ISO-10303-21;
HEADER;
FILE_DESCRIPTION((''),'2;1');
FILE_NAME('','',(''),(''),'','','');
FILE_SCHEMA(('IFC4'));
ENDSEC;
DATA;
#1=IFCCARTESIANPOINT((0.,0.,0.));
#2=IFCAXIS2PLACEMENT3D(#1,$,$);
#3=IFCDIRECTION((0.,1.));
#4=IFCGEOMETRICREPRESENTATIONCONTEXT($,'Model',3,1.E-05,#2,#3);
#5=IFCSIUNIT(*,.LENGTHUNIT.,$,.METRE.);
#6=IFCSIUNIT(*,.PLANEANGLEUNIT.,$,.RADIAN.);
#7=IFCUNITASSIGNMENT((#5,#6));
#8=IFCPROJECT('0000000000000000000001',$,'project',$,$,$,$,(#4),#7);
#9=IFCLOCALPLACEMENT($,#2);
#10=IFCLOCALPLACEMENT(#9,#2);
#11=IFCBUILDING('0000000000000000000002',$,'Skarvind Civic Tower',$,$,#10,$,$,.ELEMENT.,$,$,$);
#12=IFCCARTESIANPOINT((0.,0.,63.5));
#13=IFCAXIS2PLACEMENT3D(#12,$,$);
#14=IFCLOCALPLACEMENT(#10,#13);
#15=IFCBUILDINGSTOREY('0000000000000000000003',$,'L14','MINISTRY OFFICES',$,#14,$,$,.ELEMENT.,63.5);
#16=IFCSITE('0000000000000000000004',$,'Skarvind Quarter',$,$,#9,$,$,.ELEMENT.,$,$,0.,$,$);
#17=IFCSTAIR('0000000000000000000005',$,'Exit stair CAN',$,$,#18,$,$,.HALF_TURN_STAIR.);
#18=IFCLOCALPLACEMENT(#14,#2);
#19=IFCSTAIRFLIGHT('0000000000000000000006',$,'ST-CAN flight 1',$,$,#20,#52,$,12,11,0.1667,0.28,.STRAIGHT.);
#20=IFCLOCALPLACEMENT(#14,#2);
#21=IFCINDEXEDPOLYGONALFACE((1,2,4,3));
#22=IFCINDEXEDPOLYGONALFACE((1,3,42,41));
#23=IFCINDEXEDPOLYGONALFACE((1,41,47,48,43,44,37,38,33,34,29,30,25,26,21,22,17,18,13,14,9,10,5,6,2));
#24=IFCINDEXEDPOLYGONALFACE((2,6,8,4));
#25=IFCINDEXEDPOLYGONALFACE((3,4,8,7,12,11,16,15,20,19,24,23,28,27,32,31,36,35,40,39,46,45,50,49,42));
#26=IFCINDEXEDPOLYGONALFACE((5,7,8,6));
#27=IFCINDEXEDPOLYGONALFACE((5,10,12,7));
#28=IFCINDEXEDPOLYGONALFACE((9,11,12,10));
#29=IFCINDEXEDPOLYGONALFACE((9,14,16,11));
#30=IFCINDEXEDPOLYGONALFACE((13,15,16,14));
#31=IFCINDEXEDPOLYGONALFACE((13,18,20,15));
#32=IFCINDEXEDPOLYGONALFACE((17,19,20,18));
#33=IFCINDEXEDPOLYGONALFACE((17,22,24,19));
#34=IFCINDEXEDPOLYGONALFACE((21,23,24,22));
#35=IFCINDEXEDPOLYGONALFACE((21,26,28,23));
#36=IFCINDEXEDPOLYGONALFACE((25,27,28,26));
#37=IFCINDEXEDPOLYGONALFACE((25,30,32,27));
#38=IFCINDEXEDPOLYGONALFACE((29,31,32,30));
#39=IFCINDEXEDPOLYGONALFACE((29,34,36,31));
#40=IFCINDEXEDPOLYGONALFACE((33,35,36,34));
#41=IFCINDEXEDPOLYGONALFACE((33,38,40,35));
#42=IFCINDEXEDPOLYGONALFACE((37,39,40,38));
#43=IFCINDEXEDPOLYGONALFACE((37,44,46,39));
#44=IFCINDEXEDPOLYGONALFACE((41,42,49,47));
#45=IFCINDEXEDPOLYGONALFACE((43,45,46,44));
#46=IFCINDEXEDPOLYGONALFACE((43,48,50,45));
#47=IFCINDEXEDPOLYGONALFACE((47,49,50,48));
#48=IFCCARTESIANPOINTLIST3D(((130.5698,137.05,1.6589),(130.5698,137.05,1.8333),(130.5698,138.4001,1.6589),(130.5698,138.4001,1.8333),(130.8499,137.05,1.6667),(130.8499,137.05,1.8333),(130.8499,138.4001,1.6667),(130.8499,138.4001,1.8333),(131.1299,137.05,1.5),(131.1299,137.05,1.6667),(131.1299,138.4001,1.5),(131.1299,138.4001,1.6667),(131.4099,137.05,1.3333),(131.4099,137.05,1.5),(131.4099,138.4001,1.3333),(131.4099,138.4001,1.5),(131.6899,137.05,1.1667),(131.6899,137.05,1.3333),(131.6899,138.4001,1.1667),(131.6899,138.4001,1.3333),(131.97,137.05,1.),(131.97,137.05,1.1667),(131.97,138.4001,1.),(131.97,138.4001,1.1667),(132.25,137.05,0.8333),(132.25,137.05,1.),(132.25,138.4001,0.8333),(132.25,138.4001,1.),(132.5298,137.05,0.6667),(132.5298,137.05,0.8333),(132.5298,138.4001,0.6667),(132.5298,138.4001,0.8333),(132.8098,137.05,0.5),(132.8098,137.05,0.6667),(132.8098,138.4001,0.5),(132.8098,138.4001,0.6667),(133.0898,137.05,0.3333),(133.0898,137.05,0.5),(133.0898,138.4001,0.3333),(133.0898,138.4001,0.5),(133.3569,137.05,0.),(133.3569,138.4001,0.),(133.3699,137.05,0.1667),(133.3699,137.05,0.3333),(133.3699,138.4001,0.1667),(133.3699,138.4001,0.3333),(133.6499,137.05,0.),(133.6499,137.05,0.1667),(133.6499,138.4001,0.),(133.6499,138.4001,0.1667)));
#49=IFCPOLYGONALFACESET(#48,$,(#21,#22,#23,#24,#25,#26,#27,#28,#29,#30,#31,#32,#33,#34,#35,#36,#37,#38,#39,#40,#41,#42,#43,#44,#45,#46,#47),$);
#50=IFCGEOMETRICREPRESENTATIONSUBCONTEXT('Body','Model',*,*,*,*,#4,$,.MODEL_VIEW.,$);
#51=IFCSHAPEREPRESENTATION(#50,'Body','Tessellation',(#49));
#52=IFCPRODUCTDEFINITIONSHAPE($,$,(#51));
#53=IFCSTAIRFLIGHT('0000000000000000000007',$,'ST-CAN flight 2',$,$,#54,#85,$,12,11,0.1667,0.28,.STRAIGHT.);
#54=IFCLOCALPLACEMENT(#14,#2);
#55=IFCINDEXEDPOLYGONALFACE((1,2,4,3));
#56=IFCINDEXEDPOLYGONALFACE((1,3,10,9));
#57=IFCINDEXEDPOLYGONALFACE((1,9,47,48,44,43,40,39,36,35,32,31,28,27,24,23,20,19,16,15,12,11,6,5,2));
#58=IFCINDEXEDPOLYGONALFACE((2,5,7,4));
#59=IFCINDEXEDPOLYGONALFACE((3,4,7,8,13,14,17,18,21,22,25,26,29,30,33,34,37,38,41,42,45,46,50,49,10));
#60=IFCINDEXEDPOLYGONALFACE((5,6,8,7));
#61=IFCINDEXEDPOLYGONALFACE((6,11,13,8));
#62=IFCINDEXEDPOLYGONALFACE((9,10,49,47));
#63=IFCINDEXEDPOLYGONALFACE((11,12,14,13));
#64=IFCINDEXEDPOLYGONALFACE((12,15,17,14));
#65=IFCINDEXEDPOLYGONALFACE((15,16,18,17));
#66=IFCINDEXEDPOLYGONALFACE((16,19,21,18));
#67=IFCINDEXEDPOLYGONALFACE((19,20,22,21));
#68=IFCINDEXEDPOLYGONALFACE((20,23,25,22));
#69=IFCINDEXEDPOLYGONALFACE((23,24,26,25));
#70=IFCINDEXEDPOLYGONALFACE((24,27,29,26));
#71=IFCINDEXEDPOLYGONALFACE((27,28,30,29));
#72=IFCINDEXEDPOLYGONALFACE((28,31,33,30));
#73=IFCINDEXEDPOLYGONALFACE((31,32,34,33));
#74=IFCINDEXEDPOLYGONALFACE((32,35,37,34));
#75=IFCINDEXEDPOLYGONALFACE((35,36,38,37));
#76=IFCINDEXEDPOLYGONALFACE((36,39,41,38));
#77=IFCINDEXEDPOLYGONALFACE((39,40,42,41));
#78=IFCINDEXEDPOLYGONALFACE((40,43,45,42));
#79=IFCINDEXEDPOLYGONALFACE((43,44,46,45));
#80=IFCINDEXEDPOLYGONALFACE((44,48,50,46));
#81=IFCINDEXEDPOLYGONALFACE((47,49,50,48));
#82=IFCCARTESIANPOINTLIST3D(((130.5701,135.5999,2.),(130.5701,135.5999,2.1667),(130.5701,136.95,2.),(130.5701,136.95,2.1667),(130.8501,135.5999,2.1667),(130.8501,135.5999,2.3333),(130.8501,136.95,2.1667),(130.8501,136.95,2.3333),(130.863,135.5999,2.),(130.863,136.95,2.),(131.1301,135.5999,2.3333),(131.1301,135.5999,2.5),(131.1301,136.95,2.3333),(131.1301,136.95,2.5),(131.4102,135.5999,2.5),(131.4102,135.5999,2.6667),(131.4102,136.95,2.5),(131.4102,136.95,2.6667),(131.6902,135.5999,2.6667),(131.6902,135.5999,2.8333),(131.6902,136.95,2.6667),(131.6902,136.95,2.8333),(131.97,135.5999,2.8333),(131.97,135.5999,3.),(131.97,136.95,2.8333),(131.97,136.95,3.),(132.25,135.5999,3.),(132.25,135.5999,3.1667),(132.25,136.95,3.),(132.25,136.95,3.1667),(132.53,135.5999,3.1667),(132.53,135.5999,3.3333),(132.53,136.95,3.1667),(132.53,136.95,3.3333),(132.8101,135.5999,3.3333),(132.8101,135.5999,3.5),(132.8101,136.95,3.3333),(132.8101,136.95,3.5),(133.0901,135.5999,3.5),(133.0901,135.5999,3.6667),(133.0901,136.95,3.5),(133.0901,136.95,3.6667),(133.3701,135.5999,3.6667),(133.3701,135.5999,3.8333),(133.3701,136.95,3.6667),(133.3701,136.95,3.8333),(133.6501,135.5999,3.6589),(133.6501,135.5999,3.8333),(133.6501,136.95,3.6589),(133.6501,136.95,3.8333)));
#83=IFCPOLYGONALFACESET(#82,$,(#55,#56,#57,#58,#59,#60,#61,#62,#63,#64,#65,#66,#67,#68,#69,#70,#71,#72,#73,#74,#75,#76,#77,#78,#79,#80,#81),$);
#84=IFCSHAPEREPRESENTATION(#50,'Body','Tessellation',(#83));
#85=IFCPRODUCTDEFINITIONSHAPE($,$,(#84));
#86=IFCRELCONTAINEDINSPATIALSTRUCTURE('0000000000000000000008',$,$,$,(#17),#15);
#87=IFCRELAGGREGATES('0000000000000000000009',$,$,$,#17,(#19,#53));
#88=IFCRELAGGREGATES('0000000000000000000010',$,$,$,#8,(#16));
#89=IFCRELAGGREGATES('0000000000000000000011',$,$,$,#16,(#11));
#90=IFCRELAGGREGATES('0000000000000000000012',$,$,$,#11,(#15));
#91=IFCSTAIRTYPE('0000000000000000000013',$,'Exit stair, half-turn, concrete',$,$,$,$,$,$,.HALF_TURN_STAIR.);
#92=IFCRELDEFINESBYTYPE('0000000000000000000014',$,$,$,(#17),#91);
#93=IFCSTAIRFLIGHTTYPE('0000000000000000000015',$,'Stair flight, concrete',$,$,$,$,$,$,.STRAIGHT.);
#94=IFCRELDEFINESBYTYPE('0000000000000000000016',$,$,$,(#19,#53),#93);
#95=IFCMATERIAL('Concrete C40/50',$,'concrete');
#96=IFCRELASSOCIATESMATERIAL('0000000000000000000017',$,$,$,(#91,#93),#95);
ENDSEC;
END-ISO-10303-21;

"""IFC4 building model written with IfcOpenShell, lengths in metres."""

from ifc_helpers import new_model, si_unit, direction, frame, origin, place, context, subcontext, project, spatial, polyline, outline, extrude, material, type_object, element, aggregate, save


model = new_model("IFC4")

# Units and contexts
model_context = context("Model", 3, precision=1e-05, world=origin(), true_north=direction((0.0, 1.0)))
body_context = subcontext(model_context, "Body", "Model", "MODEL_VIEW")
ifc_project = project(units=[si_unit("LENGTHUNIT", "METRE"), si_unit("PLANEANGLEUNIT", "RADIAN")], contexts=[model_context])

# Site, building, storey
site_placement = place(None, origin())
site = spatial("IfcSite", under=ifc_project, at=site_placement, Name="Skarvind Quarter", CompositionType="ELEMENT", RefElevation=0.0)
building_placement = place(site_placement, origin())
building = spatial("IfcBuilding", under=site, at=building_placement, Name="Skarvind Civic Tower", CompositionType="ELEMENT")
storey_placement = place(building_placement, frame((0.0, 0.0, 63.5)))
storey = spatial("IfcBuildingStorey", under=building, at=storey_placement, Name="L14", Description="MINISTRY OFFICES", CompositionType="ELEMENT", Elevation=63.5)

# Stair, stair flights
ifc_material_1 = material(Name="Concrete C40/50", Category="concrete")
stair_type = type_object("IfcStairType", Name="Exit stair, half-turn, concrete", PredefinedType="HALF_TURN_STAIR", material=ifc_material_1)
stair_placement = place(storey_placement, origin())
stair = element("IfcStair", 1, at=stair_placement, inside=storey, type_object=stair_type, Name="Exit stair CAN", PredefinedType="HALF_TURN_STAIR")
stair_flight_type = type_object("IfcStairFlightType", Name="Stair flight, concrete", PredefinedType="STRAIGHT", material=ifc_material_1)
stair_flight_1_placement = place(storey_placement, frame((133.6499, 137.7251, 0.0), z_axis=(0.0, 0.0, 1.0), x_axis=(-1.0, 0.0, 0.0)))
stair_flight_1 = element("IfcStairFlight", 2, at=stair_flight_1_placement, type_object=stair_flight_type, Name="ST-CAN flight 1", NumberOfRisers=12, NumberOfTreads=11, PredefinedType="STRAIGHT", RiserHeight=0.1667, TreadLength=0.28, context=body_context, shape_type="SweptSolid", body=[
    extrude(outline(polyline([(0.0, 0.0), (0.0, 0.1667), (0.28, 0.1667), (0.28, 0.3333), (0.5601, 0.3333), (0.5601, 0.5), (0.8401, 0.5), (0.8401, 0.6667), (1.1201, 0.6667), (1.1201, 0.8333), (1.3999, 0.8333), (1.3999, 1.0), (1.6799, 1.0), (1.6799, 1.1667), (1.96, 1.1667), (1.96, 1.3333), (2.24, 1.3333), (2.24, 1.5), (2.52, 1.5), (2.52, 1.6667), (2.8, 1.6667), (2.8, 1.8333), (3.0801, 1.8333), (3.0801, 2.0), (3.0801, 1.6589), (0.293, 0.0), (0.0, 0.0)])), frame((0.0, 0.675, 0.0), z_axis=(0.0, -1.0, 0.0), x_axis=(1.0, 0.0, 0.0)), (0.0, 0.0, 1.0), 1.3501),
])
stair_flight_2_placement = place(storey_placement, frame((130.5701, 136.2749, 2.0), z_axis=(0.0, 0.0, 1.0), x_axis=(1.0, 0.0, 0.0)))
stair_flight_2 = element("IfcStairFlight", 3, at=stair_flight_2_placement, type_object=stair_flight_type, Name="ST-CAN flight 2", NumberOfRisers=12, NumberOfTreads=11, PredefinedType="STRAIGHT", RiserHeight=0.1667, TreadLength=0.28, context=body_context, shape_type="SweptSolid", body=[
    extrude(outline(polyline([(0.0, 0.0), (0.0, 0.1667), (0.28, 0.1667), (0.28, 0.3333), (0.5601, 0.3333), (0.5601, 0.5), (0.8401, 0.5), (0.8401, 0.6667), (1.1201, 0.6667), (1.1201, 0.8333), (1.3999, 0.8333), (1.3999, 1.0), (1.6799, 1.0), (1.6799, 1.1667), (1.96, 1.1667), (1.96, 1.3333), (2.24, 1.3333), (2.24, 1.5), (2.52, 1.5), (2.52, 1.6667), (2.8, 1.6667), (2.8, 1.8333), (3.0801, 1.8333), (3.0801, 2.0), (3.0801, 1.6589), (0.293, 0.0), (0.0, 0.0)])), frame((0.0, 0.675, 0.0), z_axis=(0.0, -1.0, 0.0), x_axis=(1.0, 0.0, 0.0)), (0.0, 0.0, 1.0), 1.3501),
])
aggregate(stair, [stair_flight_1, stair_flight_2])

save(model, "model.ifc")
